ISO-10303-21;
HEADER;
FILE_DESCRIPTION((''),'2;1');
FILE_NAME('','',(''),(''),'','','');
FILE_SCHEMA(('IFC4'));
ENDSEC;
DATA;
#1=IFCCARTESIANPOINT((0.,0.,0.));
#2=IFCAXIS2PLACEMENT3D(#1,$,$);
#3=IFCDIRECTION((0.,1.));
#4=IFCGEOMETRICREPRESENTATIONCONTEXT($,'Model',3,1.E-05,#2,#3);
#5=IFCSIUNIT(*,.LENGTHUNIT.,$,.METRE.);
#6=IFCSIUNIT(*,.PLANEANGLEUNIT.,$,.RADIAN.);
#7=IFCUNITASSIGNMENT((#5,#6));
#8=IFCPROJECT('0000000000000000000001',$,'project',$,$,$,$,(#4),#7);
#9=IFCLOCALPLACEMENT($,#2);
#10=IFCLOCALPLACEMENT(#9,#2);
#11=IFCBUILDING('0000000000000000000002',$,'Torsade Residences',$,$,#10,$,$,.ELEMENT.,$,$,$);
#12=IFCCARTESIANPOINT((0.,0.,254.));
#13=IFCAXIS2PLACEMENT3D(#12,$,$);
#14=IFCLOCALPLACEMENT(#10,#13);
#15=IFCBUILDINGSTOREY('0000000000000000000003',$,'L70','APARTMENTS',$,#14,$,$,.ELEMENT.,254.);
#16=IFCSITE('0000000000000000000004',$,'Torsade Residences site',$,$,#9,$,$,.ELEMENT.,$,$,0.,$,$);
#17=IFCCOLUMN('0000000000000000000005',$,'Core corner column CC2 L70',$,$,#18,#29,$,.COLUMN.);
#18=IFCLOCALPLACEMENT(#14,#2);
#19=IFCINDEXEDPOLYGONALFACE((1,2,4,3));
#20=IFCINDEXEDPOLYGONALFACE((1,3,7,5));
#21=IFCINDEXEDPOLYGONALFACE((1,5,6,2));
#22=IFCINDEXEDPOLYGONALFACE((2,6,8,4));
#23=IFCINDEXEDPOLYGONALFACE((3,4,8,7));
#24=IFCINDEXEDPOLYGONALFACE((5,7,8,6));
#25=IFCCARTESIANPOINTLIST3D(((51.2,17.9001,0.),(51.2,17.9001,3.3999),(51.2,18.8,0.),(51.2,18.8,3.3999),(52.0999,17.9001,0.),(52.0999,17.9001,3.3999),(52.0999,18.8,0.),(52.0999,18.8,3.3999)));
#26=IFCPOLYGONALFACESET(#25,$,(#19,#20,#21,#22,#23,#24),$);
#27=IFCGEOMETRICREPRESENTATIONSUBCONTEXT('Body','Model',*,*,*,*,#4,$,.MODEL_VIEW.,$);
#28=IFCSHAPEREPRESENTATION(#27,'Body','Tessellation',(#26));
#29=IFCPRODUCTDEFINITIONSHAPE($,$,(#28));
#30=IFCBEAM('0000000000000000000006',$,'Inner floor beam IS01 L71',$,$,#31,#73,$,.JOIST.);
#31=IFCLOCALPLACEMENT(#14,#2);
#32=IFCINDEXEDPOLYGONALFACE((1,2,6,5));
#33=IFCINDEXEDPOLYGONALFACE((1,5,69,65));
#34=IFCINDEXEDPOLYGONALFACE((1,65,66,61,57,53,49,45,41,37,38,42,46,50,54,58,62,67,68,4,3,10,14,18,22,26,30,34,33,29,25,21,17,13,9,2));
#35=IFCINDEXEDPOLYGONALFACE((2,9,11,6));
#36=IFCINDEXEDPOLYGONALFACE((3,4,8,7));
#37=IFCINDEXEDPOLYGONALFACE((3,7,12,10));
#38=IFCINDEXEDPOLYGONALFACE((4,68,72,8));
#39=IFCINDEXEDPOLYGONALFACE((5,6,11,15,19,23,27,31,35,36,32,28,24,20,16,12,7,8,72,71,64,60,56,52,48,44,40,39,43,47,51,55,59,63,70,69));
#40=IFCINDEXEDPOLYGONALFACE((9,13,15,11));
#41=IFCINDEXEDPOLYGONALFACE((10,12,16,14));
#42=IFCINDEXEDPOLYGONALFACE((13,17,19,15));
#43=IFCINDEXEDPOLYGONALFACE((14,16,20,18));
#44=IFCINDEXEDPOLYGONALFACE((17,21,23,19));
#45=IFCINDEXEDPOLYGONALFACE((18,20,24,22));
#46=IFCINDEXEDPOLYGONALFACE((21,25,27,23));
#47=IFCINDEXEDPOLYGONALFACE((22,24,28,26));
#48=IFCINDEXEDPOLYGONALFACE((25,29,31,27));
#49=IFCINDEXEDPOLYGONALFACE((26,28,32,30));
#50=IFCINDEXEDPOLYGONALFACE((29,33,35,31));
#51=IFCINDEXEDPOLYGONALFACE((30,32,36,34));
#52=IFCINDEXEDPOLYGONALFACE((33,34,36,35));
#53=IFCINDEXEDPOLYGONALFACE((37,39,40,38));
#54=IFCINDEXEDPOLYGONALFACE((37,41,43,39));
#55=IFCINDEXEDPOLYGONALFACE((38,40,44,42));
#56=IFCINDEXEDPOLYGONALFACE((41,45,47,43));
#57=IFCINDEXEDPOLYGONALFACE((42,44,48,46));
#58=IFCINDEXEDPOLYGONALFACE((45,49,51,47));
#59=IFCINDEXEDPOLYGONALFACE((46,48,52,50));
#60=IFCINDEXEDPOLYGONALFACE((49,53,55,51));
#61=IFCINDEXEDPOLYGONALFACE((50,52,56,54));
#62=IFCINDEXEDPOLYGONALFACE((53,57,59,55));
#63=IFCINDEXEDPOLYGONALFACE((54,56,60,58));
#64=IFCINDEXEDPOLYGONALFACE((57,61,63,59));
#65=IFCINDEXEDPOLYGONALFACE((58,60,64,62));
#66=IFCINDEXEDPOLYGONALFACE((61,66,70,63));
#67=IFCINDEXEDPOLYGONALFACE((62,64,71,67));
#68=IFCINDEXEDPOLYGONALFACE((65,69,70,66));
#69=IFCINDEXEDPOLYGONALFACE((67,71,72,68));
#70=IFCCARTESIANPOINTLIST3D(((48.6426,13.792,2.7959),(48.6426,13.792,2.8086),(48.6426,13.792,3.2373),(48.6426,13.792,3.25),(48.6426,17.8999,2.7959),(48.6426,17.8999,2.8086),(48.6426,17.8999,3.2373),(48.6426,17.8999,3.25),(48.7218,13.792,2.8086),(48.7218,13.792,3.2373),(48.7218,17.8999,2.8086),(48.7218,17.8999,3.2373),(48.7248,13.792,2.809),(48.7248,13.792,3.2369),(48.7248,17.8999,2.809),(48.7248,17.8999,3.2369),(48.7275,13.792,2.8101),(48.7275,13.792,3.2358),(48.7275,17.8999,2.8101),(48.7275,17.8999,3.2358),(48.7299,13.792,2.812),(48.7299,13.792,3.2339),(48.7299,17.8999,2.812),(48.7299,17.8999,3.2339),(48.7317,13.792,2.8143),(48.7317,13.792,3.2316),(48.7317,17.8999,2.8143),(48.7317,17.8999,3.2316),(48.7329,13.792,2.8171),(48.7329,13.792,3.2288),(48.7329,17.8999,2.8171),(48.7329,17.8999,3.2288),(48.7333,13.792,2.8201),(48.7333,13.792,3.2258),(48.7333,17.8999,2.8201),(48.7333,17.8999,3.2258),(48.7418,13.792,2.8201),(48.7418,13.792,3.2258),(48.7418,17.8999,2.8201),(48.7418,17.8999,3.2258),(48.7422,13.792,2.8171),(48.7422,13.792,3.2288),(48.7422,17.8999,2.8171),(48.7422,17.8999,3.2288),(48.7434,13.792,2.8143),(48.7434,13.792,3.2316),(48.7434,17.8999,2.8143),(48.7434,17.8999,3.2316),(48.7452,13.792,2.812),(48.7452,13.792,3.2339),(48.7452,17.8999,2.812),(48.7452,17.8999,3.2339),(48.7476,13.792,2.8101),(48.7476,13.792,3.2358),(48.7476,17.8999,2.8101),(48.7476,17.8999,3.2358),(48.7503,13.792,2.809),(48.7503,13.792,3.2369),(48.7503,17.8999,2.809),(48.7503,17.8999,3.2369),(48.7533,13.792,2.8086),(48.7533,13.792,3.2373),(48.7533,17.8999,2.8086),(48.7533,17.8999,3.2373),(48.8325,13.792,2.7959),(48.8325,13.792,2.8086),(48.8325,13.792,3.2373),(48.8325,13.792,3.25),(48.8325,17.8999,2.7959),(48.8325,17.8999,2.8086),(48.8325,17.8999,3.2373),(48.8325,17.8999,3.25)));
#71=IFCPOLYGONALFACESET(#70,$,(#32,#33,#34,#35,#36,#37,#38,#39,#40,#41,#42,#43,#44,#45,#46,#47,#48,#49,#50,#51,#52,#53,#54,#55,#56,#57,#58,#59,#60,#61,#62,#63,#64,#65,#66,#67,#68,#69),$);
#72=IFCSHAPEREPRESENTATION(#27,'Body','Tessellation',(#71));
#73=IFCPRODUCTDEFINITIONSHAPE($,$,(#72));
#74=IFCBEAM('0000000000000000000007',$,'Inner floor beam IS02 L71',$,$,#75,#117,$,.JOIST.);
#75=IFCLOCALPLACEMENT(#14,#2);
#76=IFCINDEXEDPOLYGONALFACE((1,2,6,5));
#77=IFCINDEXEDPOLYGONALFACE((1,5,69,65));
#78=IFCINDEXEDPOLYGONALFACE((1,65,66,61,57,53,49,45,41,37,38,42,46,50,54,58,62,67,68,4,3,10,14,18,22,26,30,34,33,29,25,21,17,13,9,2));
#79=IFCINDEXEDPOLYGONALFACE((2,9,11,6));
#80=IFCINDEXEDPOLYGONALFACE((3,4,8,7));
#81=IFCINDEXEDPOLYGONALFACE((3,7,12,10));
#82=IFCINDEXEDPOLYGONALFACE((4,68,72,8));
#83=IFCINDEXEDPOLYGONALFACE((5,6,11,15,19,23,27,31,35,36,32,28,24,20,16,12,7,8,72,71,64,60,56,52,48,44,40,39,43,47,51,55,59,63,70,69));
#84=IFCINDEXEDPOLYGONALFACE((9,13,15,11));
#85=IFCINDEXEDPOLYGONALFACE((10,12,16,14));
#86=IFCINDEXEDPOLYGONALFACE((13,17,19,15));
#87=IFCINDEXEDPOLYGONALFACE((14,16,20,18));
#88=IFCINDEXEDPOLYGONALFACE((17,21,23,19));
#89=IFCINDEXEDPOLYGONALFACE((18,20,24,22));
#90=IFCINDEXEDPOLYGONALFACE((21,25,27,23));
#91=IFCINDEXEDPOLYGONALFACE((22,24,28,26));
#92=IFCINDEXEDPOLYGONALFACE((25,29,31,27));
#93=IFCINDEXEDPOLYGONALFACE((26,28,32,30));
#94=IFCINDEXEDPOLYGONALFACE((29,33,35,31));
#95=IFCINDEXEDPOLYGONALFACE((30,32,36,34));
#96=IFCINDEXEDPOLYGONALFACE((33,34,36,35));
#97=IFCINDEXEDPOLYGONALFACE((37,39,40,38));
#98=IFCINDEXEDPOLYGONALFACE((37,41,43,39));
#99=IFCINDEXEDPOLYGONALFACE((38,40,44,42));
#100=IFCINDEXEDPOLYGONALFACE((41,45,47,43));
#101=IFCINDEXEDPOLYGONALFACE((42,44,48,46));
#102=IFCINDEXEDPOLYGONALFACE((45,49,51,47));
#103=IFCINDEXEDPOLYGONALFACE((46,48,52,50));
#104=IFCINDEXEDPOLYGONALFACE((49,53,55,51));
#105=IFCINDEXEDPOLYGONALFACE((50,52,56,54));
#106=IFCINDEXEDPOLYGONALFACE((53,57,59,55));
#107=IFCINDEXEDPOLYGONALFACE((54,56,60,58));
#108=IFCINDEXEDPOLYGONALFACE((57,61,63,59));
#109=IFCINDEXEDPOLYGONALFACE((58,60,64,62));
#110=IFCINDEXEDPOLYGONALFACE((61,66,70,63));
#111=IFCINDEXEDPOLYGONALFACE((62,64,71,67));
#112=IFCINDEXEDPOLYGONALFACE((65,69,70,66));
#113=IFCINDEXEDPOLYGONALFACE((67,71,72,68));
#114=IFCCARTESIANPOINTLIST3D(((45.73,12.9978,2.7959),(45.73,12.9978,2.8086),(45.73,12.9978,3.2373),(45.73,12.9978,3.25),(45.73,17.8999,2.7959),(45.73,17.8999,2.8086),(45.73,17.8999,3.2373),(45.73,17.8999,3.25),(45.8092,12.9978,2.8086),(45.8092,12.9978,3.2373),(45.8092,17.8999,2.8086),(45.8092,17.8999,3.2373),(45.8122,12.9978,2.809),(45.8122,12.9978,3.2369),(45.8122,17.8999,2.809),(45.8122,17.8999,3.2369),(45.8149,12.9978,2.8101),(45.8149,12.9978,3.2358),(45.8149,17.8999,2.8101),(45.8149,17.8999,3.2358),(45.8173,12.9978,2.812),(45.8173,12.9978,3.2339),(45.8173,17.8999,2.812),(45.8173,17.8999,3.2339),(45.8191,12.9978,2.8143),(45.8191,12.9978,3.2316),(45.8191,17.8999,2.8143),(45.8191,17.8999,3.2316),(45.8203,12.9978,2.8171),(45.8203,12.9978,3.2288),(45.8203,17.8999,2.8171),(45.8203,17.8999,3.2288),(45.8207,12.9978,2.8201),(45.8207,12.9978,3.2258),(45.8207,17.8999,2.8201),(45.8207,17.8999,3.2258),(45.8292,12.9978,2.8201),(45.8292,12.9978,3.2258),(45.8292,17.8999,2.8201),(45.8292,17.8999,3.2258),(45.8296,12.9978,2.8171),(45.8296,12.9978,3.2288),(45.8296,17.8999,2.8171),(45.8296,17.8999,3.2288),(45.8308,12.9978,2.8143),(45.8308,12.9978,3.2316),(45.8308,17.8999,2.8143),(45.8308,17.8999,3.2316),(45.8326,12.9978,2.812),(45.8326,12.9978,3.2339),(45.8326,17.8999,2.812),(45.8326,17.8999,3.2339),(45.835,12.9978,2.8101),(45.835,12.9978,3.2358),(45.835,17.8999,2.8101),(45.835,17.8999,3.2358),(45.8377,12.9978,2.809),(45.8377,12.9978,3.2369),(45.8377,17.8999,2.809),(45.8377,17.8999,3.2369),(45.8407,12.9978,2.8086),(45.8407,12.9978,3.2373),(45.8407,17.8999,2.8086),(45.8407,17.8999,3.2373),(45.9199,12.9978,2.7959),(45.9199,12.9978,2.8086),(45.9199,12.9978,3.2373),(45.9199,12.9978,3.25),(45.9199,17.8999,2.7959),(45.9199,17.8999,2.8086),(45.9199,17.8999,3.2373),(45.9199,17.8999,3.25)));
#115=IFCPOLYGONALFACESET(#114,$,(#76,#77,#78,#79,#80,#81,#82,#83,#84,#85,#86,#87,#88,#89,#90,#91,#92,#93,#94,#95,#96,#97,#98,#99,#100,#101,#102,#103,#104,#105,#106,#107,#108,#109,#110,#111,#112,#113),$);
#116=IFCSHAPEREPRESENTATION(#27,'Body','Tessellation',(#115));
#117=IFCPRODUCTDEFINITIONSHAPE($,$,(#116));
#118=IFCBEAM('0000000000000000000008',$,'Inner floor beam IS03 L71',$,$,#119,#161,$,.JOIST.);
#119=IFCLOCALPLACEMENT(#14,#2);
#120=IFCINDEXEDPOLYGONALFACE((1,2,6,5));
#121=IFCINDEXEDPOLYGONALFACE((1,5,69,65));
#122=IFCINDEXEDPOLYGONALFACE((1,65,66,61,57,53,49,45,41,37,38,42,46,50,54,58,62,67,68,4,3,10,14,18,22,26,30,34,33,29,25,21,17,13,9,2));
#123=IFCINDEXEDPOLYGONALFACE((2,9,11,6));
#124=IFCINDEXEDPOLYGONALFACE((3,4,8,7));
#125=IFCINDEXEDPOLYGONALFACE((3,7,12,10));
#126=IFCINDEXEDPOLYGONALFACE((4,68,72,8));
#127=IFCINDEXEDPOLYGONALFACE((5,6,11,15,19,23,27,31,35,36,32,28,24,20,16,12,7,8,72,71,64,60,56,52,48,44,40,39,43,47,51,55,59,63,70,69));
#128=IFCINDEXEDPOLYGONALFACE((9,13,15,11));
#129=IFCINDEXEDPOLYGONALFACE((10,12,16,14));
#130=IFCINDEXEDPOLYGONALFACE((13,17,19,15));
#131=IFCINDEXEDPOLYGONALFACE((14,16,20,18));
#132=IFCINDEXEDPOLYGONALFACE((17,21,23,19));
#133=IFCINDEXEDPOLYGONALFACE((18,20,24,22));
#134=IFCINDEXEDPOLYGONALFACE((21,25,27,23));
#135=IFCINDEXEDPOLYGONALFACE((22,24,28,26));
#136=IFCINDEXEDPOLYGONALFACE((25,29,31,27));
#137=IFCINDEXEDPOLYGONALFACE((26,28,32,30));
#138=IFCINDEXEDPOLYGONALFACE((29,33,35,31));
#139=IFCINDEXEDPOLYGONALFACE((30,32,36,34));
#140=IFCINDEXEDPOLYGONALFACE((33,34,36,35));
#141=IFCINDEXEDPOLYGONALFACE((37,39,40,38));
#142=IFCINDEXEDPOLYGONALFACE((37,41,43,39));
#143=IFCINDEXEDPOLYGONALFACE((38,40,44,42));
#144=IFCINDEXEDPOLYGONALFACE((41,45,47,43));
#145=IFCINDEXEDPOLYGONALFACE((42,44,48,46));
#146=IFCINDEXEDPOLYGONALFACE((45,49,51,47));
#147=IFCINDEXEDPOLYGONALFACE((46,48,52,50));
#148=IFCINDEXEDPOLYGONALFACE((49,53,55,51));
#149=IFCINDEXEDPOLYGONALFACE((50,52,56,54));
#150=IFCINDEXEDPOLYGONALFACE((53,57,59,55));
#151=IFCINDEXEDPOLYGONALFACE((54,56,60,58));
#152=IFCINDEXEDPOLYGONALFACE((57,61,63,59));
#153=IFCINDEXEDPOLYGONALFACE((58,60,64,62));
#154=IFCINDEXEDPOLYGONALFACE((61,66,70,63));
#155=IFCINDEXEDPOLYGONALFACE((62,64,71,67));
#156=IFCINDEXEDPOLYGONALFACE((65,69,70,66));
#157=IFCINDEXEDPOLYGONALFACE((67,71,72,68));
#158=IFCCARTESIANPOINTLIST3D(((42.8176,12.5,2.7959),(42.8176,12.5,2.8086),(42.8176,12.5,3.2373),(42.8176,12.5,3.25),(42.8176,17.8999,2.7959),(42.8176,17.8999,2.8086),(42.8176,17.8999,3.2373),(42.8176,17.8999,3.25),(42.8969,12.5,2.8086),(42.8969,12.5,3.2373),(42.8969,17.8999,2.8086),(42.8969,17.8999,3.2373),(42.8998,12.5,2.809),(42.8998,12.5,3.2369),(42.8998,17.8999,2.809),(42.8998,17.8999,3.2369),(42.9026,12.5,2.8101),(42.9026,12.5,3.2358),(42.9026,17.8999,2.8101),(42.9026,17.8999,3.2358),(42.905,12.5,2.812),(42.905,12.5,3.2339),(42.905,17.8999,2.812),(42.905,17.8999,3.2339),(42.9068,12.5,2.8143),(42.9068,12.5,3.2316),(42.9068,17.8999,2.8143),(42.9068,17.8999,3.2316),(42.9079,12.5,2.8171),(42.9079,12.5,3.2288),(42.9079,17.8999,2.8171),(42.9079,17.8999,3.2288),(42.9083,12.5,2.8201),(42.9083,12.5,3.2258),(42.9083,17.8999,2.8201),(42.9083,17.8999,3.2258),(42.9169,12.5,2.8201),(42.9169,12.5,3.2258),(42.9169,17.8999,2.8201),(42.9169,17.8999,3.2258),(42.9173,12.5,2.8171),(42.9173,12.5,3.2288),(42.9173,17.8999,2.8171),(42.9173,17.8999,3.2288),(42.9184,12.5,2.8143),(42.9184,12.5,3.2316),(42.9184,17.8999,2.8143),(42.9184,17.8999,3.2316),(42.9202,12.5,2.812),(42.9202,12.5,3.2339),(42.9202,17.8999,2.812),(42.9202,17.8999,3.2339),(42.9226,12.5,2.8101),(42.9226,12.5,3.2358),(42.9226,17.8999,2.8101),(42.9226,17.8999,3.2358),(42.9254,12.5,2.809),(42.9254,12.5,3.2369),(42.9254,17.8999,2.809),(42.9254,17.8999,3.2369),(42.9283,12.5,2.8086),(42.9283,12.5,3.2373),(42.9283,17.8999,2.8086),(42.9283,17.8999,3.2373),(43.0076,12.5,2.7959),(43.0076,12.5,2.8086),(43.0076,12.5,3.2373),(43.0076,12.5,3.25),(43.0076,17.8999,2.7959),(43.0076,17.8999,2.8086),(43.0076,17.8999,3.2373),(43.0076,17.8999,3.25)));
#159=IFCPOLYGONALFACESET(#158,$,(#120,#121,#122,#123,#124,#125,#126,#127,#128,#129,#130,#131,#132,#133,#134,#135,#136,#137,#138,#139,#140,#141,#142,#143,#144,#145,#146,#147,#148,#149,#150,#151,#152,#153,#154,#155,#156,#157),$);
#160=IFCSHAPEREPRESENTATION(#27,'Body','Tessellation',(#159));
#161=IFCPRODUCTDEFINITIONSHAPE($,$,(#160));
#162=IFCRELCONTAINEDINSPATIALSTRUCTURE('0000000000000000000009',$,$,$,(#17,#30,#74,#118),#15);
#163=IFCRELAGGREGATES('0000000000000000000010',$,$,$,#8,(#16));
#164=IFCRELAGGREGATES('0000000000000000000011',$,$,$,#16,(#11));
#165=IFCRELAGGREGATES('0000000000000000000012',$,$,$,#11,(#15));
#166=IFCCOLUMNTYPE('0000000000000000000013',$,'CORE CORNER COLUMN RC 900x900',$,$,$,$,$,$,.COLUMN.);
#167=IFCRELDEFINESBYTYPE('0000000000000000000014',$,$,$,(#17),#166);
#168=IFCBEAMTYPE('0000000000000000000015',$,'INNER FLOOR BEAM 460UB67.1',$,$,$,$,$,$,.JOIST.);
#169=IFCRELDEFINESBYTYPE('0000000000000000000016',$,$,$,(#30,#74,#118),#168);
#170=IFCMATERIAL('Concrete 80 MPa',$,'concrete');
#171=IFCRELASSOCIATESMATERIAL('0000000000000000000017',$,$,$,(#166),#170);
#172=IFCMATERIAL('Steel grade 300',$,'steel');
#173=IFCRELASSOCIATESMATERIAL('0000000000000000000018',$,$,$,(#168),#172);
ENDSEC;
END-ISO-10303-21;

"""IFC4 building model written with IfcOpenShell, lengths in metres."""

from ifc_helpers import new_model, si_unit, direction, frame, origin, origin_2d, place, context, subcontext, project, spatial, rectangle, i_section, extrude, material, material_profile, profile_set, type_object, element, save


model = new_model("IFC4")

# Units and contexts
model_context = context("Model", 3, precision=1e-05, world=origin(), true_north=direction((0.0, 1.0)))
body_context = subcontext(model_context, "Body", "Model", "MODEL_VIEW")
ifc_project = project(units=[si_unit("LENGTHUNIT", "METRE"), si_unit("PLANEANGLEUNIT", "RADIAN")], contexts=[model_context])

# Site, building, storey
site_placement = place(None, origin())
site = spatial("IfcSite", under=ifc_project, at=site_placement, Name="Torsade Residences site", CompositionType="ELEMENT", RefElevation=0.0)
building_placement = place(site_placement, origin())
building = spatial("IfcBuilding", under=site, at=building_placement, Name="Torsade Residences", CompositionType="ELEMENT")
storey_placement = place(building_placement, frame((0.0, 0.0, 254.0)))
storey = spatial("IfcBuildingStorey", under=building, at=storey_placement, Name="L70", Description="APARTMENTS", CompositionType="ELEMENT", Elevation=254.0)

# Column
ifc_material_1 = material(Name="Concrete 80 MPa", Category="concrete")
ifc_material_profile_1 = material_profile(ifc_material_1, rectangle(XDim=0.8999, YDim=0.8999, at=origin_2d()), Name="RC 900x900")
ifc_profile_set_1 = profile_set([ifc_material_profile_1], Name="Concrete 80 MPa")
column_type = type_object("IfcColumnType", Name="CORE CORNER COLUMN RC 900x900", PredefinedType="COLUMN", material=ifc_profile_set_1)
column_placement = place(storey_placement, frame((51.6499, 18.3501, 0.0), z_axis=(0.0, 0.0, 1.0), x_axis=(1.0, 0.0, 0.0)))
element("IfcColumn", 1, at=column_placement, inside=storey, type_object=column_type, Name="Core corner column CC2 L70", PredefinedType="COLUMN", context=body_context, shape_type="SweptSolid", body=[
    extrude(rectangle(XDim=0.8999, YDim=0.8999, at=origin_2d()), origin(), (0.0, 0.0, 1.0), 3.3999),
])

# Beams
ifc_material_2 = material(Name="Steel grade 300", Category="steel")
ifc_material_profile_2 = material_profile(ifc_material_2, i_section(OverallWidth=0.1899, OverallDepth=0.4541, WebThickness=0.0085, FlangeThickness=0.0127, FilletRadius=0.0115, at=origin_2d()), Name="460UB67.1")
ifc_profile_set_2 = profile_set([ifc_material_profile_2], Name="Steel grade 300")
beam_type_1 = type_object("IfcBeamType", Name="INNER FLOOR BEAM 460UB67.1", PredefinedType="JOIST", material=ifc_profile_set_2)
beam_1_placement = place(storey_placement, frame((48.7375, 17.8999, 3.0229), z_axis=(0.0, -1.0, 0.0), x_axis=(1.0, 0.0, 0.0)))
element("IfcBeam", 2, at=beam_1_placement, inside=storey, type_object=beam_type_1, Name="Inner floor beam IS01 L71", PredefinedType="JOIST", context=body_context, shape_type="SweptSolid", body=[
    extrude(i_section(OverallWidth=0.1899, OverallDepth=0.4541, WebThickness=0.0085, FlangeThickness=0.0127, FilletRadius=0.0115, at=origin_2d()), origin(), (0.0, 0.0, 1.0), 4.1079),
])
beam_2_placement = place(storey_placement, frame((45.825, 17.8999, 3.0229), z_axis=(0.0, -1.0, 0.0), x_axis=(1.0, 0.0, 0.0)))
element("IfcBeam", 3, at=beam_2_placement, inside=storey, type_object=beam_type_1, Name="Inner floor beam IS02 L71", PredefinedType="JOIST", context=body_context, shape_type="SweptSolid", body=[
    extrude(i_section(OverallWidth=0.1899, OverallDepth=0.4541, WebThickness=0.0085, FlangeThickness=0.0127, FilletRadius=0.0115, at=origin_2d()), origin(), (0.0, 0.0, 1.0), 4.9021),
])
for number, where, z_axis, x_axis, name in (
    (4, (42.9126, 17.8999, 3.0229), (0.0, -1.0, 0.0), (1.0, 0.0, 0.0), "Inner floor beam IS03 L71"),
):
    element("IfcBeam", number, at=place(storey_placement, frame(where, z_axis=z_axis, x_axis=x_axis)), inside=storey, type_object=beam_type_1, Name=name, PredefinedType="JOIST", context=body_context, shape_type="SweptSolid", body=[
        extrude(i_section(OverallWidth=0.1899, OverallDepth=0.4541, WebThickness=0.0085, FlangeThickness=0.0127, FilletRadius=0.0115, at=origin_2d()), origin(), (0.0, 0.0, 1.0), 5.3999),
    ])

save(model, "model.ifc")
